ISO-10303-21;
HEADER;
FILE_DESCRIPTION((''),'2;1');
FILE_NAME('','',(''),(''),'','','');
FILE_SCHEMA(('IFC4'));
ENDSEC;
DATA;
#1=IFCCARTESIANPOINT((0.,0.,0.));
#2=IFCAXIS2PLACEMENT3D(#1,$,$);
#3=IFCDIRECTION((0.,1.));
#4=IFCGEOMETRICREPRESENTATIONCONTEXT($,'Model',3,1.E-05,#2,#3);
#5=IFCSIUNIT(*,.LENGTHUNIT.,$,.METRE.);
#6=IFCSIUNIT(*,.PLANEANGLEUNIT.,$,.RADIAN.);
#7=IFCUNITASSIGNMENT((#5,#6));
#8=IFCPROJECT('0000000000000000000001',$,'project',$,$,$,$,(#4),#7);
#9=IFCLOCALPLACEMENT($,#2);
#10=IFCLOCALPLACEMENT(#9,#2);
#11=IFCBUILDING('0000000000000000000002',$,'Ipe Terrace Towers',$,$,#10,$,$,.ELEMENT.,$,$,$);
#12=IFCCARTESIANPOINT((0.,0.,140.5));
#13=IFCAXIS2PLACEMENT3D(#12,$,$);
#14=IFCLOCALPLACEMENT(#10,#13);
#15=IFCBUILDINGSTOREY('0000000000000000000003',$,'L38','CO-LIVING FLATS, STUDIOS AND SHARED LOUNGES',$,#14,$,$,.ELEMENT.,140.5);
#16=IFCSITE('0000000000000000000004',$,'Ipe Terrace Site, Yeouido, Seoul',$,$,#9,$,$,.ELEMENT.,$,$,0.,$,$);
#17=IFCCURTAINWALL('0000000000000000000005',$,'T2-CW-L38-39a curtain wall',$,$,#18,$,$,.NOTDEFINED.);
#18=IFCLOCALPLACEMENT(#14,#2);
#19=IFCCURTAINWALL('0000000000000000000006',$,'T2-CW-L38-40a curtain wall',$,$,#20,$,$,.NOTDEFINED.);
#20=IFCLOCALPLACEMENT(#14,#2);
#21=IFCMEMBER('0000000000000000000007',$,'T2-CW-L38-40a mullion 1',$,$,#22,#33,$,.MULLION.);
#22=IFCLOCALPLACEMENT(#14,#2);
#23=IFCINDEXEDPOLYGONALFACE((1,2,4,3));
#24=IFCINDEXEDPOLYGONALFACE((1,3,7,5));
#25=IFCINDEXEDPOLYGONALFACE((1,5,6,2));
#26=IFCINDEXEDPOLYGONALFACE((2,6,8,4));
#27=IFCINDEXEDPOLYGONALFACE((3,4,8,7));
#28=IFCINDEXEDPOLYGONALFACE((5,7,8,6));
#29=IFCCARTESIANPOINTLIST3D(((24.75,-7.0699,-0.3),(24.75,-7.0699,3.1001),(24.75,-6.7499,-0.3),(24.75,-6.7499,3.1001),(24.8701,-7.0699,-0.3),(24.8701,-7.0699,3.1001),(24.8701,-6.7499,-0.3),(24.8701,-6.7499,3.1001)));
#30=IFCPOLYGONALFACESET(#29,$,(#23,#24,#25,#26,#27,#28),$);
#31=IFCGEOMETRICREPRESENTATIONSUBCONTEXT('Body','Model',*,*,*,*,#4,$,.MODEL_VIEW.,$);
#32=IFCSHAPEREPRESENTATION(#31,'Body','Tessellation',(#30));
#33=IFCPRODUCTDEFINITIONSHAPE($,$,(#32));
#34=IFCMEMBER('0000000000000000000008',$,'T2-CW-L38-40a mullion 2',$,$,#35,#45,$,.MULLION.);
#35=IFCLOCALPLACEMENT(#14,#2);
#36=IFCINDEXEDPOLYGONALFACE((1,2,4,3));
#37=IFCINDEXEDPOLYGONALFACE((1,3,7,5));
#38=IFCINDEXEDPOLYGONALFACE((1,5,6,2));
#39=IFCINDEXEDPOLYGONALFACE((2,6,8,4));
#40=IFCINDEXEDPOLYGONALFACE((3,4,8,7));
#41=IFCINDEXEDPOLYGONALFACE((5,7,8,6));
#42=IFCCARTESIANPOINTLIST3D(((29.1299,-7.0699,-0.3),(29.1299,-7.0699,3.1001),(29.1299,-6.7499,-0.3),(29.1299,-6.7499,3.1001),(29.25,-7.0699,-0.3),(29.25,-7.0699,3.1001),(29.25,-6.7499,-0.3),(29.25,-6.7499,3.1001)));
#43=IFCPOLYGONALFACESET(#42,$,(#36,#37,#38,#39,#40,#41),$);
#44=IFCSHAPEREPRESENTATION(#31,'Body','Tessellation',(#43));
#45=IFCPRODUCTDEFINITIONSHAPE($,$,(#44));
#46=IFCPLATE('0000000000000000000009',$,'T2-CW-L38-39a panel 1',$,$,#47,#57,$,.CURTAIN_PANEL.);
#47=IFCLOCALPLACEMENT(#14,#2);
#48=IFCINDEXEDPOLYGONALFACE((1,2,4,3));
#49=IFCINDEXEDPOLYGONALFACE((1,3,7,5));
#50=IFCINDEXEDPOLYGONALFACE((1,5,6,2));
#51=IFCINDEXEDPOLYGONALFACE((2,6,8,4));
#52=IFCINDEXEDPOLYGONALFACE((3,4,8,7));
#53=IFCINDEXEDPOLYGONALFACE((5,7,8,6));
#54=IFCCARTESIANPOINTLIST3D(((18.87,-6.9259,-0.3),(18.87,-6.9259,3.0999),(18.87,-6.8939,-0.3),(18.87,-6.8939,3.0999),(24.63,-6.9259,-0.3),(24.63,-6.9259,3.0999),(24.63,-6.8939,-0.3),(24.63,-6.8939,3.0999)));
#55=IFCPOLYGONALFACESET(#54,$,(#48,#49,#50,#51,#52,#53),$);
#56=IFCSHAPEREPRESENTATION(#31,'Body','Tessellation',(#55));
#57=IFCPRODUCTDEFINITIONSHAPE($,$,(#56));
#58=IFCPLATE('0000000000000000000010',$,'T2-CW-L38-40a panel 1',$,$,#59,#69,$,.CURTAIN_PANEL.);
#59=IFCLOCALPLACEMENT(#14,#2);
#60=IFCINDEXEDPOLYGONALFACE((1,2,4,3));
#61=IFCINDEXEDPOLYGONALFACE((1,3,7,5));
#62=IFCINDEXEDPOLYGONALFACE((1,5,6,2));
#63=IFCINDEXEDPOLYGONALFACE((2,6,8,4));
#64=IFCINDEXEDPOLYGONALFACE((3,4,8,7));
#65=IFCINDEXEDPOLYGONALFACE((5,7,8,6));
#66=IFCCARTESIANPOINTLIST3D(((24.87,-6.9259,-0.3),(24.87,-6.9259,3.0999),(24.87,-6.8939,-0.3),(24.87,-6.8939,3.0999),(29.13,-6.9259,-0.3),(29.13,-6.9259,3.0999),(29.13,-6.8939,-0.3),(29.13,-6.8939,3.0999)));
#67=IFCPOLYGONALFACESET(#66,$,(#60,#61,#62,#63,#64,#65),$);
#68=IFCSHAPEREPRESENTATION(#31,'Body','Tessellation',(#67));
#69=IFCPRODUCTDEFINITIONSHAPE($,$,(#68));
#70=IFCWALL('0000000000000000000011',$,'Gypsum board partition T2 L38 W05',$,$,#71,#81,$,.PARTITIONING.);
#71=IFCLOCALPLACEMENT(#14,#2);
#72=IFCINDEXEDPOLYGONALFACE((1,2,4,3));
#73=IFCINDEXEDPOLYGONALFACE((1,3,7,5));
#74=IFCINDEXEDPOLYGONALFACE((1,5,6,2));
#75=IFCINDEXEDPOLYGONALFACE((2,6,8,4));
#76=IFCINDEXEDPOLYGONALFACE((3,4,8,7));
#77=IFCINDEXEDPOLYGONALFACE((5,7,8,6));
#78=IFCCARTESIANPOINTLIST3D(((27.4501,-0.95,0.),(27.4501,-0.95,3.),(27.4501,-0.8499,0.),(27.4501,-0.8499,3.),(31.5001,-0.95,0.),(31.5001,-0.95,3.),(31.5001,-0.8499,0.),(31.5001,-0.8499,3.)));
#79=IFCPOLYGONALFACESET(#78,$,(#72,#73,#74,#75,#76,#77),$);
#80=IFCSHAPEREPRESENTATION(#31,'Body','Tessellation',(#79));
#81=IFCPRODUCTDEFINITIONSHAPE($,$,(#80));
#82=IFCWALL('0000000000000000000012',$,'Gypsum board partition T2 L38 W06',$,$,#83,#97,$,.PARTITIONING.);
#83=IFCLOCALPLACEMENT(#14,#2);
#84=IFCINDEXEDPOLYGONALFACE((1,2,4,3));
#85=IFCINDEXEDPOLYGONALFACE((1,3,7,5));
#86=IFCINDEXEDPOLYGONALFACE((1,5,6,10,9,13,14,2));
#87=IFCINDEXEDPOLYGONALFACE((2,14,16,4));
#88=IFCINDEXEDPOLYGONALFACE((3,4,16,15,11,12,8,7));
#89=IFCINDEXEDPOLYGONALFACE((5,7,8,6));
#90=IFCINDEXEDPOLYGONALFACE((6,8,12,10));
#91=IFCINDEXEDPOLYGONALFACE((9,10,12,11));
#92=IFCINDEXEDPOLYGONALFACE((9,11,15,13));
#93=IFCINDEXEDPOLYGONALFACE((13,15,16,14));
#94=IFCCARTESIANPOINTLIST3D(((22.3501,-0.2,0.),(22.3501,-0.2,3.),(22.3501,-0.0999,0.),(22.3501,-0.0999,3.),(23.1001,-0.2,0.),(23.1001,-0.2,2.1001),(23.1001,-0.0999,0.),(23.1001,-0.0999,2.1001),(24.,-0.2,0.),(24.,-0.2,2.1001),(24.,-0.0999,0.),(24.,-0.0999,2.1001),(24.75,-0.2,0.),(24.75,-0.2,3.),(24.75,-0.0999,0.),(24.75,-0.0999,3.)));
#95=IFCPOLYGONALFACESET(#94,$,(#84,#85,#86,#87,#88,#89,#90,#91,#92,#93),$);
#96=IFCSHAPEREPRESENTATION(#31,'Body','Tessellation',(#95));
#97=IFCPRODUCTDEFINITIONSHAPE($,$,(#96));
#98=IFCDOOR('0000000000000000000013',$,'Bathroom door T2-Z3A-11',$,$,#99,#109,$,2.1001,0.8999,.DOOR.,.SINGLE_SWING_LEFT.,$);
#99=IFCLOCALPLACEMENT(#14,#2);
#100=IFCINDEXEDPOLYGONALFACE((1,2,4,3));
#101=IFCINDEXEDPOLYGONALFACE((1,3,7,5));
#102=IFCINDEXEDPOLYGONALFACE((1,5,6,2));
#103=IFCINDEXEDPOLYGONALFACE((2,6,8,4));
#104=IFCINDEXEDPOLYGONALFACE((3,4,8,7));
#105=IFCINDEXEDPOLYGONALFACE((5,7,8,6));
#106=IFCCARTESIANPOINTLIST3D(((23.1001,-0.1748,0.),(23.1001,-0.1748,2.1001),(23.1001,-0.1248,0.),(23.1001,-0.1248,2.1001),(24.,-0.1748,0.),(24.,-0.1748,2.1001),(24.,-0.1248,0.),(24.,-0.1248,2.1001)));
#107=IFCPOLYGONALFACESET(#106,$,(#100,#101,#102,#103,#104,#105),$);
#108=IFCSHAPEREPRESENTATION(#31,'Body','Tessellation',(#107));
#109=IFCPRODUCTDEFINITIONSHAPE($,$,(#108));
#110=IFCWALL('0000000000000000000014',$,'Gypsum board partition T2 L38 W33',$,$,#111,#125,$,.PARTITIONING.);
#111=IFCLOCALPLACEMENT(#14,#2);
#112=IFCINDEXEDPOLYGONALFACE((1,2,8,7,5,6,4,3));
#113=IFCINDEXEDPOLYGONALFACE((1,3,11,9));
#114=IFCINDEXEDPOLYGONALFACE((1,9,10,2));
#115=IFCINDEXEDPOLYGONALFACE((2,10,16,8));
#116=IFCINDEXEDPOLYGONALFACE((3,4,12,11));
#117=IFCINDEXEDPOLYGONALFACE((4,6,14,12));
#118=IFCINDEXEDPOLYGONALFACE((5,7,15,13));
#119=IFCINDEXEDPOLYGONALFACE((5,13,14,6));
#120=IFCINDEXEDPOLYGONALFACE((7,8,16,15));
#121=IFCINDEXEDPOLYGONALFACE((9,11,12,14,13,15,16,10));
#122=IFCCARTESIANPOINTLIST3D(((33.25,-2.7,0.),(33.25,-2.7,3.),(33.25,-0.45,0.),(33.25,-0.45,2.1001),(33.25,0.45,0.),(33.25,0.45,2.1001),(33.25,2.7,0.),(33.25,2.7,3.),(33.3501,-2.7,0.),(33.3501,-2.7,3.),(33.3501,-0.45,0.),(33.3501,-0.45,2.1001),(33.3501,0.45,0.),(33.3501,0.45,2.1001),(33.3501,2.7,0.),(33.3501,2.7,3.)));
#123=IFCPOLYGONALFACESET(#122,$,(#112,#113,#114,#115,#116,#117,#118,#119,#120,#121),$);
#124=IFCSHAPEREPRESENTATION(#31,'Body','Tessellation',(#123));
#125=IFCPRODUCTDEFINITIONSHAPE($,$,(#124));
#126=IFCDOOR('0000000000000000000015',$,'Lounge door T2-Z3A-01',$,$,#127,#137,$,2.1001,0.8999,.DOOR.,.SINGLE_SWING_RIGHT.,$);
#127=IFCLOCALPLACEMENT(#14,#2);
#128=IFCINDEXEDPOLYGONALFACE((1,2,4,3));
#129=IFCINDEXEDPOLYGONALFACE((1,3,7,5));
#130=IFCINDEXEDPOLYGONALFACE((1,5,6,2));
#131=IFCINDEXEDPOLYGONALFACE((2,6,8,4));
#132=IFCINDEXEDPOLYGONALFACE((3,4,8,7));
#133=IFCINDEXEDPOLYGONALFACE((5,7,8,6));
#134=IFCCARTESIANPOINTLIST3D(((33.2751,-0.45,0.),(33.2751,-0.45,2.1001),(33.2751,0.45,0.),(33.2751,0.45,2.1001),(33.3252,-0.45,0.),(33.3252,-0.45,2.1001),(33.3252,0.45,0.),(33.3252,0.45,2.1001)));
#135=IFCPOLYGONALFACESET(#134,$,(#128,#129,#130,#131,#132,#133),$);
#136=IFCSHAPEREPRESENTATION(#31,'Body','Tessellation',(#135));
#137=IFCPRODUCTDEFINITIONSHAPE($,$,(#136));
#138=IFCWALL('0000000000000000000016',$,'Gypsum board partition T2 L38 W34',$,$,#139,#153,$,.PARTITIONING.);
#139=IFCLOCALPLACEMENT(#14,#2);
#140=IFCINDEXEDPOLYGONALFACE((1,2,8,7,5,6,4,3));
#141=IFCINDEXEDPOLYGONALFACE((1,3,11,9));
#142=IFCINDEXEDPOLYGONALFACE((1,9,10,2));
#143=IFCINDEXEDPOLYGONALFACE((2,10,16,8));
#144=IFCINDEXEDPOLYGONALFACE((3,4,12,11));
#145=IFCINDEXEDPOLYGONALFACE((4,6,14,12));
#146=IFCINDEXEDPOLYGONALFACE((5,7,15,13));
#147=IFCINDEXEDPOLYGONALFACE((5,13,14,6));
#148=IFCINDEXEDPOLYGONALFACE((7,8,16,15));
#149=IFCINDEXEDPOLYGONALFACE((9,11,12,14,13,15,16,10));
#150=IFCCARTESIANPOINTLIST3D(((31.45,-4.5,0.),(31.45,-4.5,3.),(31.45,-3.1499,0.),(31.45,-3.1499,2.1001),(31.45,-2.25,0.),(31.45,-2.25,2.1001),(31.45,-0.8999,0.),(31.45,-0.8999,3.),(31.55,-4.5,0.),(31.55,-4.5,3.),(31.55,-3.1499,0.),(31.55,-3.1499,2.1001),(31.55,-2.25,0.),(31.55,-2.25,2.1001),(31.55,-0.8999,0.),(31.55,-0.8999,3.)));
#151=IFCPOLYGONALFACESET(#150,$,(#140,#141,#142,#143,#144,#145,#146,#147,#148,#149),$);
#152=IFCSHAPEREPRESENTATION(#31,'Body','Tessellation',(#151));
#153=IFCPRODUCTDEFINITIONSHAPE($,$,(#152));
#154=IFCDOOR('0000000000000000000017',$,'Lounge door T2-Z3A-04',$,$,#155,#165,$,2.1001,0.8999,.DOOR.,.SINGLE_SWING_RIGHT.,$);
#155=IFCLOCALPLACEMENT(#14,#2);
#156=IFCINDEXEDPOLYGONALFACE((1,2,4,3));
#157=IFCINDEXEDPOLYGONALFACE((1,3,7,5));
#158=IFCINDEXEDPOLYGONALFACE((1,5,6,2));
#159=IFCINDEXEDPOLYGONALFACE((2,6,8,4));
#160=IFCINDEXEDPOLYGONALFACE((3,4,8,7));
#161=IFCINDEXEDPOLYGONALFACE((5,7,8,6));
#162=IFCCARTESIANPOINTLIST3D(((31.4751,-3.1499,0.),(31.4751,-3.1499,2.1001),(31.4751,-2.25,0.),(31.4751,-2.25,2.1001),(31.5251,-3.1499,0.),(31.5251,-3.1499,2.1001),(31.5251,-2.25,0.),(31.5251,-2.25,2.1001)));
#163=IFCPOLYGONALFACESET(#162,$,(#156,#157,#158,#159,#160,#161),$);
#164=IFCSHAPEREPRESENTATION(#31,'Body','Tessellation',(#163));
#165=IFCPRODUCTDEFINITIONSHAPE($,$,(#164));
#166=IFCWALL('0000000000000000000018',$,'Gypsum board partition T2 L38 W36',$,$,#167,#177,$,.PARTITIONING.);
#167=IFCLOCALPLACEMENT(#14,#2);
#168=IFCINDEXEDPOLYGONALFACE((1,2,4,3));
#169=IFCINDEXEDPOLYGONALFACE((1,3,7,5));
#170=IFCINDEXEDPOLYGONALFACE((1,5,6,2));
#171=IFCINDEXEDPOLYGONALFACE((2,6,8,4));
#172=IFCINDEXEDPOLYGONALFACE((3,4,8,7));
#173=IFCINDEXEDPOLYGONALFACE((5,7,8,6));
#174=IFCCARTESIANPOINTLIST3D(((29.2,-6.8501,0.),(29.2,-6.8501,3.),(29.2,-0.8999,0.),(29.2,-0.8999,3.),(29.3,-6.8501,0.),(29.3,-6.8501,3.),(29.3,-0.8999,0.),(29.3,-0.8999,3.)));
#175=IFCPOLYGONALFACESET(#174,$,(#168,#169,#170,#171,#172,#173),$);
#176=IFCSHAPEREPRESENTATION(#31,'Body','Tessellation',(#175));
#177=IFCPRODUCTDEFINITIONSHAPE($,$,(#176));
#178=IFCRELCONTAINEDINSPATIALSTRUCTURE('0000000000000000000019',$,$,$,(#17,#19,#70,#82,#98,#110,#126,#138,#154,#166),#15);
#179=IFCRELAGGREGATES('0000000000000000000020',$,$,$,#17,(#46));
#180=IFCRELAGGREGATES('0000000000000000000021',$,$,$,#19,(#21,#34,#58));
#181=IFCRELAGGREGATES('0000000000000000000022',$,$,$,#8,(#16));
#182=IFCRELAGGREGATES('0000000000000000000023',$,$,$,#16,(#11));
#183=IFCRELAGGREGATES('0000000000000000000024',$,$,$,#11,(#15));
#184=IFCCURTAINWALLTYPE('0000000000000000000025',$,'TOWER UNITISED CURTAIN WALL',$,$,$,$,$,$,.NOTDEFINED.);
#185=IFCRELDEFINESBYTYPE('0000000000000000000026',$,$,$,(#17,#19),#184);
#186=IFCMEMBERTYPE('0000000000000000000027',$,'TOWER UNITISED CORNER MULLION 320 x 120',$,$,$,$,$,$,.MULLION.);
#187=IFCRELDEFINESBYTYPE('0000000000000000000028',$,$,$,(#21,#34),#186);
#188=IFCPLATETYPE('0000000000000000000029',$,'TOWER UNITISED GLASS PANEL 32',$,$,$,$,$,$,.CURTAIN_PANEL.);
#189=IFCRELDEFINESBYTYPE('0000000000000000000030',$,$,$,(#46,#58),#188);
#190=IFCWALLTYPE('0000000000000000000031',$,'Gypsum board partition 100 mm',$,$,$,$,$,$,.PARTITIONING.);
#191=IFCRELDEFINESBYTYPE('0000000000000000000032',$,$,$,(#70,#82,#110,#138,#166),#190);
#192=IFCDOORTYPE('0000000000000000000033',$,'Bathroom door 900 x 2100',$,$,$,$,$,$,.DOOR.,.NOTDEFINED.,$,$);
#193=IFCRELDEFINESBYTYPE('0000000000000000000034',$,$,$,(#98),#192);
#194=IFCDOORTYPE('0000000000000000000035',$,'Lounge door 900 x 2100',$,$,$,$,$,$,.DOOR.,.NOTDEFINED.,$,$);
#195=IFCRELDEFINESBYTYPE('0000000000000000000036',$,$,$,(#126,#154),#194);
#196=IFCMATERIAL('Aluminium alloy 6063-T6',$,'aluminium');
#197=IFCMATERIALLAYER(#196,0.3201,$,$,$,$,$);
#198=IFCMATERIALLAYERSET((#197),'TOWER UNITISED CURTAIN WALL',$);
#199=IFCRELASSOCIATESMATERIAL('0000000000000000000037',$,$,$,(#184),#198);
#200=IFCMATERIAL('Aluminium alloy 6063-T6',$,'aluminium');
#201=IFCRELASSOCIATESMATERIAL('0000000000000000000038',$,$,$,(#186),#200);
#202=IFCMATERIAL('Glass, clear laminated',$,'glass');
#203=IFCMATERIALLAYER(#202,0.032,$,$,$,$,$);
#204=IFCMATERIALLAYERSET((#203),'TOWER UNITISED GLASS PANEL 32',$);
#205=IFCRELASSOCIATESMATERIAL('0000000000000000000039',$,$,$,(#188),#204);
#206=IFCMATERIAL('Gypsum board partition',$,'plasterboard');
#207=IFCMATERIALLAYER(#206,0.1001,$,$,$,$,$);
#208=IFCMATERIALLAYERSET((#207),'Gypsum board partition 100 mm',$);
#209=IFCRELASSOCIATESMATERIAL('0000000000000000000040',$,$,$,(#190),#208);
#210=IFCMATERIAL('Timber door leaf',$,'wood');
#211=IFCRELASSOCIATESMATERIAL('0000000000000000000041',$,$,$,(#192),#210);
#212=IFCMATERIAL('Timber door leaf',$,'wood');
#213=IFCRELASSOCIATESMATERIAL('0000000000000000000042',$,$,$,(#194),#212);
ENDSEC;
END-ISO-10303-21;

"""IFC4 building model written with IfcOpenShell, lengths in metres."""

from ifc_helpers import new_model, si_unit, direction, frame, frame_2d, origin, origin_2d, place, context, subcontext, project, spatial, rectangle, extrude, material, layer, layer_set, material_profile, profile_set, type_object, element, fill, aggregate, save


model = new_model("IFC4")

# Units and contexts
model_context = context("Model", 3, precision=1e-05, world=origin(), true_north=direction((0.0, 1.0)))
body_context = subcontext(model_context, "Body", "Model", "MODEL_VIEW")
ifc_project = project(units=[si_unit("LENGTHUNIT", "METRE"), si_unit("PLANEANGLEUNIT", "RADIAN")], contexts=[model_context])

# Site, building, storey
site_placement = place(None, origin())
site = spatial("IfcSite", under=ifc_project, at=site_placement, Name="Ipe Terrace Site, Yeouido, Seoul", CompositionType="ELEMENT", RefElevation=0.0)
building_placement = place(site_placement, origin())
building = spatial("IfcBuilding", under=site, at=building_placement, Name="Ipe Terrace Towers", CompositionType="ELEMENT")
storey_placement = place(building_placement, frame((0.0, 0.0, 140.5)))
storey = spatial("IfcBuildingStorey", under=building, at=storey_placement, Name="L38", Description="CO-LIVING FLATS, STUDIOS AND SHARED LOUNGES", CompositionType="ELEMENT", Elevation=140.5)

# Curtain wall
ifc_material_1 = material(Name="Aluminium alloy 6063-T6", Category="aluminium")
ifc_layer_1 = layer(ifc_material_1, 0.3201)
ifc_layer_set_1 = layer_set([ifc_layer_1], Name="TOWER UNITISED CURTAIN WALL")
curtain_wall_type = type_object("IfcCurtainWallType", Name="TOWER UNITISED CURTAIN WALL", PredefinedType="NOTDEFINED", material=ifc_layer_set_1)
curtain_wall_1_placement = place(storey_placement, origin())
curtain_wall_1 = element("IfcCurtainWall", 1, at=curtain_wall_1_placement, inside=storey, type_object=curtain_wall_type, Name="T2-CW-L38-39a curtain wall", PredefinedType="NOTDEFINED")
ifc_material_2 = material(Name="Aluminium alloy 6063-T6", Category="aluminium")
ifc_material_profile_1 = material_profile(ifc_material_2, rectangle(XDim=0.3201, YDim=0.1201, at=origin_2d()), Name="TOWER UNITISED CORNER MULLION 320 x 120")
ifc_profile_set_1 = profile_set([ifc_material_profile_1], Name="Aluminium alloy 6063-T6")
member_type = type_object("IfcMemberType", Name="TOWER UNITISED CORNER MULLION 320 x 120", PredefinedType="MULLION", material=ifc_profile_set_1)

# Curtain wall, members
curtain_wall_2_placement = place(storey_placement, origin())
curtain_wall_2 = element("IfcCurtainWall", 2, at=curtain_wall_2_placement, inside=storey, type_object=curtain_wall_type, Name="T2-CW-L38-40a curtain wall", PredefinedType="NOTDEFINED")
member_1_placement = place(storey_placement, frame((24.8101, -6.9099, -0.3), z_axis=(0.0, 0.0, 1.0), x_axis=(0.0, -1.0, 0.0)))
member_1 = element("IfcMember", 3, at=member_1_placement, type_object=member_type, Name="T2-CW-L38-40a mullion 1", PredefinedType="MULLION", context=body_context, shape_type="SweptSolid", body=[
    extrude(rectangle(XDim=0.3201, YDim=0.1201, at=origin_2d()), origin(), (0.0, 0.0, 1.0), 3.4001),
])
member_2_placement = place(storey_placement, frame((29.1899, -6.9099, -0.3), z_axis=(0.0, 0.0, 1.0), x_axis=(0.0, -1.0, 0.0)))
member_2 = element("IfcMember", 4, at=member_2_placement, type_object=member_type, Name="T2-CW-L38-40a mullion 2", PredefinedType="MULLION", context=body_context, shape_type="SweptSolid", body=[
    extrude(rectangle(XDim=0.3201, YDim=0.1201, at=origin_2d()), origin(), (0.0, 0.0, 1.0), 3.4001),
])

# Plates
ifc_material_3 = material(Name="Glass, clear laminated", Category="glass")
ifc_layer_2 = layer(ifc_material_3, 0.032)
ifc_layer_set_2 = layer_set([ifc_layer_2], Name="TOWER UNITISED GLASS PANEL 32")
plate_type = type_object("IfcPlateType", Name="TOWER UNITISED GLASS PANEL 32", PredefinedType="CURTAIN_PANEL", material=ifc_layer_set_2)
plate_1_placement = place(storey_placement, frame((21.75, -6.9099, -0.3), z_axis=(0.0, 0.0, 1.0), x_axis=(1.0, 0.0, 0.0)))
plate_1 = element("IfcPlate", 5, at=plate_1_placement, type_object=plate_type, Name="T2-CW-L38-39a panel 1", PredefinedType="CURTAIN_PANEL", context=body_context, shape_type="SweptSolid", body=[
    extrude(rectangle(XDim=5.76, YDim=0.032, at=origin_2d()), origin(), (0.0, 0.0, 1.0), 3.3999),
])
aggregate(curtain_wall_1, [plate_1])
plate_2_placement = place(storey_placement, frame((27.0, -6.9099, -0.3), z_axis=(0.0, 0.0, 1.0), x_axis=(1.0, 0.0, 0.0)))
plate_2 = element("IfcPlate", 6, at=plate_2_placement, type_object=plate_type, Name="T2-CW-L38-40a panel 1", PredefinedType="CURTAIN_PANEL", context=body_context, shape_type="SweptSolid", body=[
    extrude(rectangle(XDim=4.26, YDim=0.032, at=origin_2d()), origin(), (0.0, 0.0, 1.0), 3.3999),
])
aggregate(curtain_wall_2, [member_1, member_2, plate_2])

# Wall
ifc_material_4 = material(Name="Gypsum board partition", Category="plasterboard")
ifc_layer_3 = layer(ifc_material_4, 0.1001)
ifc_layer_set_3 = layer_set([ifc_layer_3], Name="Gypsum board partition 100 mm")
wall_type_1 = type_object("IfcWallType", Name="Gypsum board partition 100 mm", PredefinedType="PARTITIONING", material=ifc_layer_set_3)
wall_1_placement = place(storey_placement, frame((31.5, -0.8999, 0.0), z_axis=(0.0, 0.0, 1.0), x_axis=(-1.0, 0.0, 0.0)))
element("IfcWall", 7, at=wall_1_placement, inside=storey, type_object=wall_type_1, Name="Gypsum board partition T2 L38 W05", PredefinedType="PARTITIONING", context=body_context, shape_type="SweptSolid", body=[
    extrude(rectangle(XDim=4.05, YDim=0.1001, at=frame_2d((2.0249, 0.0))), origin(), (0.0, 0.0, 1.0), 3.0),
])

# Walls, openings, doors
wall_2_placement = place(storey_placement, frame((24.75, -0.1499, 0.0), z_axis=(0.0, 0.0, 1.0), x_axis=(-1.0, 0.0, 0.0)))
wall_2 = element("IfcWall", 8, at=wall_2_placement, inside=storey, type_object=wall_type_1, Name="Gypsum board partition T2 L38 W06", PredefinedType="PARTITIONING", context=body_context, shape_type="SweptSolid", body=[
    extrude(rectangle(XDim=2.3999, YDim=0.1001, at=frame_2d((1.2, 0.0))), origin(), (0.0, 0.0, 1.0), 3.0),
])
opening_1_placement = place(wall_2_placement, frame((0.75, 0.0, 0.0)))
opening_1 = element("IfcOpeningElement", 9, at=opening_1_placement, cuts=wall_2, PredefinedType="OPENING", context=body_context, shape_type="SweptSolid", body=[
    extrude(rectangle(XDim=0.8999, YDim=2.1001, at=frame_2d((0.45, 1.05))), frame((0.0, 0.0601, 0.0), z_axis=(0.0, -1.0, 0.0), x_axis=(1.0, 0.0, 0.0)), (0.0, 0.0, 1.0), 0.1201),
])
ifc_material_5 = material(Name="Timber door leaf", Category="wood")
door_type_1 = type_object("IfcDoorType", Name="Bathroom door 900 x 2100", OperationType="NOTDEFINED", PredefinedType="DOOR", material=ifc_material_5)
door_1_placement = place(opening_1_placement, origin())
door_1 = element("IfcDoor", 10, at=door_1_placement, inside=storey, type_object=door_type_1, Name="Bathroom door T2-Z3A-11", OperationType="SINGLE_SWING_LEFT", OverallHeight=2.1001, OverallWidth=0.8999, PredefinedType="DOOR", context=body_context, shape_type="SweptSolid", body=[
    extrude(rectangle(XDim=0.8999, YDim=2.1001, at=frame_2d((0.45, 1.05))), frame((0.0, 0.0249, 0.0), z_axis=(0.0, -1.0, 0.0), x_axis=(1.0, 0.0, 0.0)), (0.0, 0.0, 1.0), 0.05),
])
fill(opening_1, door_1)
wall_3_placement = place(storey_placement, frame((33.3, -2.7, 0.0), z_axis=(0.0, 0.0, 1.0), x_axis=(0.0, 1.0, 0.0)))
wall_3 = element("IfcWall", 11, at=wall_3_placement, inside=storey, type_object=wall_type_1, Name="Gypsum board partition T2 L38 W33", PredefinedType="PARTITIONING", context=body_context, shape_type="SweptSolid", body=[
    extrude(rectangle(XDim=5.3999, YDim=0.1001, at=frame_2d((2.7, 0.0))), origin(), (0.0, 0.0, 1.0), 3.0),
])
opening_2_placement = place(wall_3_placement, frame((2.25, 0.0, 0.0)))
opening_2 = element("IfcOpeningElement", 12, at=opening_2_placement, cuts=wall_3, PredefinedType="OPENING", context=body_context, shape_type="SweptSolid", body=[
    extrude(rectangle(XDim=0.8999, YDim=2.1001, at=frame_2d((0.45, 1.05))), frame((0.0, 0.0601, 0.0), z_axis=(0.0, -1.0, 0.0), x_axis=(1.0, 0.0, 0.0)), (0.0, 0.0, 1.0), 0.1201),
])
ifc_material_6 = material(Name="Timber door leaf", Category="wood")
door_type_2 = type_object("IfcDoorType", Name="Lounge door 900 x 2100", OperationType="NOTDEFINED", PredefinedType="DOOR", material=ifc_material_6)
door_2_placement = place(opening_2_placement, origin())
door_2 = element("IfcDoor", 13, at=door_2_placement, inside=storey, type_object=door_type_2, Name="Lounge door T2-Z3A-01", OperationType="SINGLE_SWING_RIGHT", OverallHeight=2.1001, OverallWidth=0.8999, PredefinedType="DOOR", context=body_context, shape_type="SweptSolid", body=[
    extrude(rectangle(XDim=0.8999, YDim=2.1001, at=frame_2d((0.45, 1.05))), frame((0.0, 0.0249, 0.0), z_axis=(0.0, -1.0, 0.0), x_axis=(1.0, 0.0, 0.0)), (0.0, 0.0, 1.0), 0.05),
])
fill(opening_2, door_2)
wall_4_placement = place(storey_placement, frame((31.5, -4.5, 0.0), z_axis=(0.0, 0.0, 1.0), x_axis=(0.0, 1.0, 0.0)))
wall_4 = element("IfcWall", 14, at=wall_4_placement, inside=storey, type_object=wall_type_1, Name="Gypsum board partition T2 L38 W34", PredefinedType="PARTITIONING", context=body_context, shape_type="SweptSolid", body=[
    extrude(rectangle(XDim=3.6001, YDim=0.1001, at=frame_2d((1.8, 0.0))), origin(), (0.0, 0.0, 1.0), 3.0),
])
opening_3_placement = place(wall_4_placement, frame((1.3501, 0.0, 0.0)))
opening_3 = element("IfcOpeningElement", 15, at=opening_3_placement, cuts=wall_4, PredefinedType="OPENING", context=body_context, shape_type="SweptSolid", body=[
    extrude(rectangle(XDim=0.8999, YDim=2.1001, at=frame_2d((0.45, 1.05))), frame((0.0, 0.0601, 0.0), z_axis=(0.0, -1.0, 0.0), x_axis=(1.0, 0.0, 0.0)), (0.0, 0.0, 1.0), 0.1201),
])
door_3_placement = place(opening_3_placement, origin())
door_3 = element("IfcDoor", 16, at=door_3_placement, inside=storey, type_object=door_type_2, Name="Lounge door T2-Z3A-04", OperationType="SINGLE_SWING_RIGHT", OverallHeight=2.1001, OverallWidth=0.8999, PredefinedType="DOOR", context=body_context, shape_type="SweptSolid", body=[
    extrude(rectangle(XDim=0.8999, YDim=2.1001, at=frame_2d((0.45, 1.05))), frame((0.0, 0.0249, 0.0), z_axis=(0.0, -1.0, 0.0), x_axis=(1.0, 0.0, 0.0)), (0.0, 0.0, 1.0), 0.05),
])
fill(opening_3, door_3)

# Wall
wall_5_placement = place(storey_placement, frame((29.25, -6.8501, 0.0), z_axis=(0.0, 0.0, 1.0), x_axis=(0.0, 1.0, 0.0)))
element("IfcWall", 17, at=wall_5_placement, inside=storey, type_object=wall_type_1, Name="Gypsum board partition T2 L38 W36", PredefinedType="PARTITIONING", context=body_context, shape_type="SweptSolid", body=[
    extrude(rectangle(XDim=5.9502, YDim=0.1001, at=frame_2d((2.9751, 0.0))), origin(), (0.0, 0.0, 1.0), 3.0),
])

save(model, "model.ifc")
